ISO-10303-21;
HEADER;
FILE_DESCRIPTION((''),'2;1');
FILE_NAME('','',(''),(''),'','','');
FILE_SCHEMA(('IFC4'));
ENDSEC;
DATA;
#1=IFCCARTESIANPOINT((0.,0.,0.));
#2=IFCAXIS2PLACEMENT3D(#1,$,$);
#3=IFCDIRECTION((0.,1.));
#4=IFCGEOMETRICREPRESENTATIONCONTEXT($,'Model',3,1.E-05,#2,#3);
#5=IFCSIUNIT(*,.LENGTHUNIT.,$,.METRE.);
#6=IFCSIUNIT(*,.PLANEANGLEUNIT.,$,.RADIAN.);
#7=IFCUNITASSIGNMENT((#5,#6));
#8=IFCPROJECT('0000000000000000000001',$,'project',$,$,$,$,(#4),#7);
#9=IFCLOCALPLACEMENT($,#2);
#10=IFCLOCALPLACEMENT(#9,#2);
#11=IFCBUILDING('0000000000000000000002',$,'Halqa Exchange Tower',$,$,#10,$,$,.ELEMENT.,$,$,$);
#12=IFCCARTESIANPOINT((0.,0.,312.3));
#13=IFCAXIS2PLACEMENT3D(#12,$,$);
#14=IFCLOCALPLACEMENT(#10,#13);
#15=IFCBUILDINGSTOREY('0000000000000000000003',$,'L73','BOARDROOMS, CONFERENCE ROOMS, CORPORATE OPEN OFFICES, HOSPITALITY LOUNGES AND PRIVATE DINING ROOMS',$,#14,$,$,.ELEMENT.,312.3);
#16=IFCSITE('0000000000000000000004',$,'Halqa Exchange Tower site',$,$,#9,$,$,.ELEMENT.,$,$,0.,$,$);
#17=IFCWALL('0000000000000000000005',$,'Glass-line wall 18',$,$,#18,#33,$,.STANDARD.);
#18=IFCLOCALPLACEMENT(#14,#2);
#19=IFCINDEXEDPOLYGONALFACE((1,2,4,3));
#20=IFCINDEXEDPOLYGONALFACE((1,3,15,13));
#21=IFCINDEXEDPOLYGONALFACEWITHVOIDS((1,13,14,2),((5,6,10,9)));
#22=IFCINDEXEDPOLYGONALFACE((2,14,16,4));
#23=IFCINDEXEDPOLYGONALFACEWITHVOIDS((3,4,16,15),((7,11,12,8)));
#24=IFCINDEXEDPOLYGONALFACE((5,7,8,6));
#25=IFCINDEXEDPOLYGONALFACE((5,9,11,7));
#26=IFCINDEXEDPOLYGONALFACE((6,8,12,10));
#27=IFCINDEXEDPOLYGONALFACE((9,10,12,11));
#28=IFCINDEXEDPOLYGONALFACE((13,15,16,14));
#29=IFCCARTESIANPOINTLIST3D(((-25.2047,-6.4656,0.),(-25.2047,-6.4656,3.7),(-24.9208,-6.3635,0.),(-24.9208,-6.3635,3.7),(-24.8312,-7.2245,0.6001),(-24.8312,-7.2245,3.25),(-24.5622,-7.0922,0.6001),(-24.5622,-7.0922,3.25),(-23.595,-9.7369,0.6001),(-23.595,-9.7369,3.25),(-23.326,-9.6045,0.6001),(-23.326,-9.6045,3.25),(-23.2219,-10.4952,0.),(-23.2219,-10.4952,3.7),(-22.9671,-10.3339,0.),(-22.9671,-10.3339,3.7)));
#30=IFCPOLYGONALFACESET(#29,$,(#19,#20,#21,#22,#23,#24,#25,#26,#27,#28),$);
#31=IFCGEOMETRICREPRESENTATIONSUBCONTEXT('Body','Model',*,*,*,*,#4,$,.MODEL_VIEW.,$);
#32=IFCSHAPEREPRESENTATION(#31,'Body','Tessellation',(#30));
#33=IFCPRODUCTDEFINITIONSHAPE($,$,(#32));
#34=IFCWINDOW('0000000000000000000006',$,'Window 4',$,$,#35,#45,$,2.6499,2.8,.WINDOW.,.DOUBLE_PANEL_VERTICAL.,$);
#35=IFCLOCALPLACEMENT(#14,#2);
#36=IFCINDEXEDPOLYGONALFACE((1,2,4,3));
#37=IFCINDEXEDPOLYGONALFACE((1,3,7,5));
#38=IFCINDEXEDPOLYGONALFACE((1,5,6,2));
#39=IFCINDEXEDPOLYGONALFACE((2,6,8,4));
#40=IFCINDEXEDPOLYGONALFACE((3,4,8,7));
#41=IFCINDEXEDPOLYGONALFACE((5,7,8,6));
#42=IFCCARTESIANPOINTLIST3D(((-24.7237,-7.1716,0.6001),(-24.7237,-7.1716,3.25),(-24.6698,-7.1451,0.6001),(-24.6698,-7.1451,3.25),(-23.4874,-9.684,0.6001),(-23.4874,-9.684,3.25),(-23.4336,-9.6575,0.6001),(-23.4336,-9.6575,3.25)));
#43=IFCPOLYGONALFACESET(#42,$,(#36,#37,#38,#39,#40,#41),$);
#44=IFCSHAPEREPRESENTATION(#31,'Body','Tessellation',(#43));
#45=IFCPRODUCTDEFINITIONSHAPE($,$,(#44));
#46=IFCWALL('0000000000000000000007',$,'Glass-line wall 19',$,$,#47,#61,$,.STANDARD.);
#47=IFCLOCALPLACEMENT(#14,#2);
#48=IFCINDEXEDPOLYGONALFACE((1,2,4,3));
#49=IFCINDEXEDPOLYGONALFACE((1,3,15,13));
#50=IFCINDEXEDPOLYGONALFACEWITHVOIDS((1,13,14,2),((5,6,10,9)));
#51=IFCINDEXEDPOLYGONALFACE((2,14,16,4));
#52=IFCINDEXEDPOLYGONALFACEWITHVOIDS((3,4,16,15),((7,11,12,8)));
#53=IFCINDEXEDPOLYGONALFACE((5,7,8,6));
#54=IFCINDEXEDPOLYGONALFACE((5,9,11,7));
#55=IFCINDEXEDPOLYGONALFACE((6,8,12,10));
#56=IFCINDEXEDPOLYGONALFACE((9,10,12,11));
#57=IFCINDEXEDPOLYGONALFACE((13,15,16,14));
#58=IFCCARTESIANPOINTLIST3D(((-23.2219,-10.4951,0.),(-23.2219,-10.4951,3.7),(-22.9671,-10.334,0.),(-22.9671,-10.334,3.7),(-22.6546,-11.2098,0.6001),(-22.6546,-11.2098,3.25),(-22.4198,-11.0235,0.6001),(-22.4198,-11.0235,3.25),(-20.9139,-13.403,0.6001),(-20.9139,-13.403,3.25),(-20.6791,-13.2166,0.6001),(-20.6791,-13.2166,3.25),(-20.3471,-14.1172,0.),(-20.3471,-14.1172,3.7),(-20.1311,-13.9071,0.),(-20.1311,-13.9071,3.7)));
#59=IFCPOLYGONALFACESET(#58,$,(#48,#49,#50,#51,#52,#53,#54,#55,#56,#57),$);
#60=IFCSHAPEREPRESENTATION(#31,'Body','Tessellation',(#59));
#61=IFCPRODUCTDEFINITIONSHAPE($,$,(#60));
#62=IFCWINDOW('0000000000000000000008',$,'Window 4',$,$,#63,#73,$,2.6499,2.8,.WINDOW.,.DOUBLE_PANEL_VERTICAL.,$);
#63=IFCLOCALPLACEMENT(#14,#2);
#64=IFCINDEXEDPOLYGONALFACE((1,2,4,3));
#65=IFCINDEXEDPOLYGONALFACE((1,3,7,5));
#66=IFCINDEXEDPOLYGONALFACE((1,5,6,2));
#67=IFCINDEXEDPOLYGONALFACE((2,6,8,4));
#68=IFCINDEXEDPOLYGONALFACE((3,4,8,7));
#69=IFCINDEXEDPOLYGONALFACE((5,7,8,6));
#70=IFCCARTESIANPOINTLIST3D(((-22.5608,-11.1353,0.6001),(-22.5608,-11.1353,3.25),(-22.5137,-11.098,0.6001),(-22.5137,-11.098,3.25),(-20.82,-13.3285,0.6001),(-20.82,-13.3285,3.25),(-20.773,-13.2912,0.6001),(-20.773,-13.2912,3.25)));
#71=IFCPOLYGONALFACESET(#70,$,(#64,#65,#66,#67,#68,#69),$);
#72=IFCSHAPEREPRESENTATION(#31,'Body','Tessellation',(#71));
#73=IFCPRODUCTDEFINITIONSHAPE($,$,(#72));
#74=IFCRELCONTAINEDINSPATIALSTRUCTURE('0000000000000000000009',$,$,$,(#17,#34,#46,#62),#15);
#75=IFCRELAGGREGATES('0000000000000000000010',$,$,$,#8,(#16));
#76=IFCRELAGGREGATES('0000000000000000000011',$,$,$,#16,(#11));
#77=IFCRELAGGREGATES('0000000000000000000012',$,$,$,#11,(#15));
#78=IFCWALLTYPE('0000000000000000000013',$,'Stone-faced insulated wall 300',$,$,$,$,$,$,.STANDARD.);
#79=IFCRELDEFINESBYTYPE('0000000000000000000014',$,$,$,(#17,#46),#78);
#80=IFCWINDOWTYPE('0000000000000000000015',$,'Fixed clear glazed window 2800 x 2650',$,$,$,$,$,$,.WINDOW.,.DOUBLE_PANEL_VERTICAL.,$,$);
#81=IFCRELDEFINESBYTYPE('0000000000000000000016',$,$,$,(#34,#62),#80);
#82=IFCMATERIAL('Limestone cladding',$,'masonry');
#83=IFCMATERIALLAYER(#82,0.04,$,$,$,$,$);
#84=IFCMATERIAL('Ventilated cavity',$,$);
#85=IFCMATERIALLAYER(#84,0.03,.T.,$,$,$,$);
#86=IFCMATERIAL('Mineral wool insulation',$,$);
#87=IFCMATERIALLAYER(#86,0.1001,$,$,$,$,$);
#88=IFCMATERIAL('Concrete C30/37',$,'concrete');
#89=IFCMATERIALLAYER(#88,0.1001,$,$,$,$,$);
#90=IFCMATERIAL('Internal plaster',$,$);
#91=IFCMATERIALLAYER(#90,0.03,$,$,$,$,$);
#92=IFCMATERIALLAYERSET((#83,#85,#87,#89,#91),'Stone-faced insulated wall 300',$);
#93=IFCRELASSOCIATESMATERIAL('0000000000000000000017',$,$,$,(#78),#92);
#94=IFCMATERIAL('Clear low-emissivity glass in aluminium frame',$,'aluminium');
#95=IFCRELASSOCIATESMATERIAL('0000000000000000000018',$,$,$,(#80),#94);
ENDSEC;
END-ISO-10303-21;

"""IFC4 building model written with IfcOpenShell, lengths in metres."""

from ifc_helpers import new_model, si_unit, direction, frame, frame_2d, origin, place, context, subcontext, project, spatial, polyline, rectangle, outline, extrude, material, layer, layer_set, type_object, element, fill, save


model = new_model("IFC4")

# Units and contexts
model_context = context("Model", 3, precision=1e-05, world=origin(), true_north=direction((0.0, 1.0)))
body_context = subcontext(model_context, "Body", "Model", "MODEL_VIEW")
ifc_project = project(units=[si_unit("LENGTHUNIT", "METRE"), si_unit("PLANEANGLEUNIT", "RADIAN")], contexts=[model_context])

# Site, building, storey
site_placement = place(None, origin())
site = spatial("IfcSite", under=ifc_project, at=site_placement, Name="Halqa Exchange Tower site", CompositionType="ELEMENT", RefElevation=0.0)
building_placement = place(site_placement, origin())
building = spatial("IfcBuilding", under=site, at=building_placement, Name="Halqa Exchange Tower", CompositionType="ELEMENT")
storey_placement = place(building_placement, frame((0.0, 0.0, 312.3)))
storey = spatial("IfcBuildingStorey", under=building, at=storey_placement, Name="L73", Description="BOARDROOMS, CONFERENCE ROOMS, CORPORATE OPEN OFFICES, HOSPITALITY LOUNGES AND PRIVATE DINING ROOMS", CompositionType="ELEMENT", Elevation=312.3)

# Walls, openings, windows
ifc_material_1 = material(Name="Limestone cladding", Category="masonry")
ifc_layer_1 = layer(ifc_material_1, 0.04)
ifc_material_2 = material(Name="Ventilated cavity")
ifc_layer_2 = layer(ifc_material_2, 0.03, ventilated=True)
ifc_material_3 = material(Name="Mineral wool insulation")
ifc_layer_3 = layer(ifc_material_3, 0.1001)
ifc_material_4 = material(Name="Concrete C30/37", Category="concrete")
ifc_layer_4 = layer(ifc_material_4, 0.1001)
ifc_material_5 = material(Name="Internal plaster")
ifc_layer_5 = layer(ifc_material_5, 0.03)
ifc_layer_set_1 = layer_set([ifc_layer_1, ifc_layer_2, ifc_layer_3, ifc_layer_4, ifc_layer_5], Name="Stone-faced insulated wall 300")
wall_type_1 = type_object("IfcWallType", Name="Stone-faced insulated wall 300", PredefinedType="STANDARD", material=ifc_layer_set_1)
ifc_material_6 = material(Name="Clear low-emissivity glass in aluminium frame", Category="aluminium")
window_type = type_object("IfcWindowType", Name="Fixed clear glazed window 2800 x 2650", PartitioningType="DOUBLE_PANEL_VERTICAL", PredefinedType="WINDOW", material=ifc_material_6)
wall_1_placement = place(storey_placement, frame((-25.0627, -6.4146, 0.0), z_axis=(0.0, 0.0, 1.0), x_axis=(0.441509, -0.897257, 0.0)))
wall_1 = element("IfcWall", 1, at=wall_1_placement, inside=storey, type_object=wall_type_1, Name="Glass-line wall 18", PredefinedType="STANDARD", context=body_context, shape_type="SweptSolid", body=[
    extrude(outline(polyline([(-0.0168, -0.1499), (4.4741, -0.1499), (4.4419, 0.1499), (0.0168, 0.1499), (-0.0168, -0.1499)])), origin(), (0.0, 0.0, 1.0), 3.7),
])
opening_1_placement = place(wall_1_placement, frame((0.8291, 0.0, 0.6001)))
opening_1 = element("IfcOpeningElement", 2, at=opening_1_placement, cuts=wall_1, PredefinedType="OPENING", context=body_context, shape_type="SweptSolid", body=[
    extrude(rectangle(XDim=2.8, YDim=2.6499, at=frame_2d((1.3999, 1.325))), frame((0.0, 0.1621, 0.0), z_axis=(0.0, -1.0, 0.0), x_axis=(1.0, 0.0, 0.0)), (0.0, 0.0, 1.0), 0.324),
])
window_1_placement = place(opening_1_placement, origin())
window_1 = element("IfcWindow", 3, at=window_1_placement, inside=storey, type_object=window_type, Name="Window 4", OverallHeight=2.6499, OverallWidth=2.8, PartitioningType="DOUBLE_PANEL_VERTICAL", PredefinedType="WINDOW", context=body_context, shape_type="SweptSolid", body=[
    extrude(rectangle(XDim=2.8, YDim=2.6499, at=frame_2d((1.3999, 1.325))), frame((0.0, 0.03, 0.0), z_axis=(0.0, -1.0, 0.0), x_axis=(1.0, 0.0, 0.0)), (0.0, 0.0, 1.0), 0.0601),
])
fill(opening_1, window_1)
wall_2_placement = place(storey_placement, frame((-23.0945, -10.4146, 0.0), z_axis=(0.0, 0.0, 1.0), x_axis=(0.621683, -0.783269, 0.0)))
wall_2 = element("IfcWall", 4, at=wall_2_placement, inside=storey, type_object=wall_type_1, Name="Glass-line wall 19", PredefinedType="STANDARD", context=body_context, shape_type="SweptSolid", body=[
    extrude(outline(polyline([(-0.0161, -0.1499), (4.6082, -0.1499), (4.5779, 0.1499), (0.0161, 0.1499), (-0.0161, -0.1499)])), origin(), (0.0, 0.0, 1.0), 3.7),
])
opening_2_placement = place(wall_2_placement, frame((0.8965, 0.0, 0.6001)))
opening_2 = element("IfcOpeningElement", 5, at=opening_2_placement, cuts=wall_2, PredefinedType="OPENING", context=body_context, shape_type="SweptSolid", body=[
    extrude(rectangle(XDim=2.8, YDim=2.6499, at=frame_2d((1.3999, 1.325))), frame((0.0, 0.1621, 0.0), z_axis=(0.0, -1.0, 0.0), x_axis=(1.0, 0.0, 0.0)), (0.0, 0.0, 1.0), 0.324),
])
window_2_placement = place(opening_2_placement, origin())
window_2 = element("IfcWindow", 6, at=window_2_placement, inside=storey, type_object=window_type, Name="Window 4", OverallHeight=2.6499, OverallWidth=2.8, PartitioningType="DOUBLE_PANEL_VERTICAL", PredefinedType="WINDOW", context=body_context, shape_type="SweptSolid", body=[
    extrude(rectangle(XDim=2.8, YDim=2.6499, at=frame_2d((1.3999, 1.325))), frame((0.0, 0.03, 0.0), z_axis=(0.0, -1.0, 0.0), x_axis=(1.0, 0.0, 0.0)), (0.0, 0.0, 1.0), 0.0601),
])
fill(opening_2, window_2)

save(model, "model.ifc")
